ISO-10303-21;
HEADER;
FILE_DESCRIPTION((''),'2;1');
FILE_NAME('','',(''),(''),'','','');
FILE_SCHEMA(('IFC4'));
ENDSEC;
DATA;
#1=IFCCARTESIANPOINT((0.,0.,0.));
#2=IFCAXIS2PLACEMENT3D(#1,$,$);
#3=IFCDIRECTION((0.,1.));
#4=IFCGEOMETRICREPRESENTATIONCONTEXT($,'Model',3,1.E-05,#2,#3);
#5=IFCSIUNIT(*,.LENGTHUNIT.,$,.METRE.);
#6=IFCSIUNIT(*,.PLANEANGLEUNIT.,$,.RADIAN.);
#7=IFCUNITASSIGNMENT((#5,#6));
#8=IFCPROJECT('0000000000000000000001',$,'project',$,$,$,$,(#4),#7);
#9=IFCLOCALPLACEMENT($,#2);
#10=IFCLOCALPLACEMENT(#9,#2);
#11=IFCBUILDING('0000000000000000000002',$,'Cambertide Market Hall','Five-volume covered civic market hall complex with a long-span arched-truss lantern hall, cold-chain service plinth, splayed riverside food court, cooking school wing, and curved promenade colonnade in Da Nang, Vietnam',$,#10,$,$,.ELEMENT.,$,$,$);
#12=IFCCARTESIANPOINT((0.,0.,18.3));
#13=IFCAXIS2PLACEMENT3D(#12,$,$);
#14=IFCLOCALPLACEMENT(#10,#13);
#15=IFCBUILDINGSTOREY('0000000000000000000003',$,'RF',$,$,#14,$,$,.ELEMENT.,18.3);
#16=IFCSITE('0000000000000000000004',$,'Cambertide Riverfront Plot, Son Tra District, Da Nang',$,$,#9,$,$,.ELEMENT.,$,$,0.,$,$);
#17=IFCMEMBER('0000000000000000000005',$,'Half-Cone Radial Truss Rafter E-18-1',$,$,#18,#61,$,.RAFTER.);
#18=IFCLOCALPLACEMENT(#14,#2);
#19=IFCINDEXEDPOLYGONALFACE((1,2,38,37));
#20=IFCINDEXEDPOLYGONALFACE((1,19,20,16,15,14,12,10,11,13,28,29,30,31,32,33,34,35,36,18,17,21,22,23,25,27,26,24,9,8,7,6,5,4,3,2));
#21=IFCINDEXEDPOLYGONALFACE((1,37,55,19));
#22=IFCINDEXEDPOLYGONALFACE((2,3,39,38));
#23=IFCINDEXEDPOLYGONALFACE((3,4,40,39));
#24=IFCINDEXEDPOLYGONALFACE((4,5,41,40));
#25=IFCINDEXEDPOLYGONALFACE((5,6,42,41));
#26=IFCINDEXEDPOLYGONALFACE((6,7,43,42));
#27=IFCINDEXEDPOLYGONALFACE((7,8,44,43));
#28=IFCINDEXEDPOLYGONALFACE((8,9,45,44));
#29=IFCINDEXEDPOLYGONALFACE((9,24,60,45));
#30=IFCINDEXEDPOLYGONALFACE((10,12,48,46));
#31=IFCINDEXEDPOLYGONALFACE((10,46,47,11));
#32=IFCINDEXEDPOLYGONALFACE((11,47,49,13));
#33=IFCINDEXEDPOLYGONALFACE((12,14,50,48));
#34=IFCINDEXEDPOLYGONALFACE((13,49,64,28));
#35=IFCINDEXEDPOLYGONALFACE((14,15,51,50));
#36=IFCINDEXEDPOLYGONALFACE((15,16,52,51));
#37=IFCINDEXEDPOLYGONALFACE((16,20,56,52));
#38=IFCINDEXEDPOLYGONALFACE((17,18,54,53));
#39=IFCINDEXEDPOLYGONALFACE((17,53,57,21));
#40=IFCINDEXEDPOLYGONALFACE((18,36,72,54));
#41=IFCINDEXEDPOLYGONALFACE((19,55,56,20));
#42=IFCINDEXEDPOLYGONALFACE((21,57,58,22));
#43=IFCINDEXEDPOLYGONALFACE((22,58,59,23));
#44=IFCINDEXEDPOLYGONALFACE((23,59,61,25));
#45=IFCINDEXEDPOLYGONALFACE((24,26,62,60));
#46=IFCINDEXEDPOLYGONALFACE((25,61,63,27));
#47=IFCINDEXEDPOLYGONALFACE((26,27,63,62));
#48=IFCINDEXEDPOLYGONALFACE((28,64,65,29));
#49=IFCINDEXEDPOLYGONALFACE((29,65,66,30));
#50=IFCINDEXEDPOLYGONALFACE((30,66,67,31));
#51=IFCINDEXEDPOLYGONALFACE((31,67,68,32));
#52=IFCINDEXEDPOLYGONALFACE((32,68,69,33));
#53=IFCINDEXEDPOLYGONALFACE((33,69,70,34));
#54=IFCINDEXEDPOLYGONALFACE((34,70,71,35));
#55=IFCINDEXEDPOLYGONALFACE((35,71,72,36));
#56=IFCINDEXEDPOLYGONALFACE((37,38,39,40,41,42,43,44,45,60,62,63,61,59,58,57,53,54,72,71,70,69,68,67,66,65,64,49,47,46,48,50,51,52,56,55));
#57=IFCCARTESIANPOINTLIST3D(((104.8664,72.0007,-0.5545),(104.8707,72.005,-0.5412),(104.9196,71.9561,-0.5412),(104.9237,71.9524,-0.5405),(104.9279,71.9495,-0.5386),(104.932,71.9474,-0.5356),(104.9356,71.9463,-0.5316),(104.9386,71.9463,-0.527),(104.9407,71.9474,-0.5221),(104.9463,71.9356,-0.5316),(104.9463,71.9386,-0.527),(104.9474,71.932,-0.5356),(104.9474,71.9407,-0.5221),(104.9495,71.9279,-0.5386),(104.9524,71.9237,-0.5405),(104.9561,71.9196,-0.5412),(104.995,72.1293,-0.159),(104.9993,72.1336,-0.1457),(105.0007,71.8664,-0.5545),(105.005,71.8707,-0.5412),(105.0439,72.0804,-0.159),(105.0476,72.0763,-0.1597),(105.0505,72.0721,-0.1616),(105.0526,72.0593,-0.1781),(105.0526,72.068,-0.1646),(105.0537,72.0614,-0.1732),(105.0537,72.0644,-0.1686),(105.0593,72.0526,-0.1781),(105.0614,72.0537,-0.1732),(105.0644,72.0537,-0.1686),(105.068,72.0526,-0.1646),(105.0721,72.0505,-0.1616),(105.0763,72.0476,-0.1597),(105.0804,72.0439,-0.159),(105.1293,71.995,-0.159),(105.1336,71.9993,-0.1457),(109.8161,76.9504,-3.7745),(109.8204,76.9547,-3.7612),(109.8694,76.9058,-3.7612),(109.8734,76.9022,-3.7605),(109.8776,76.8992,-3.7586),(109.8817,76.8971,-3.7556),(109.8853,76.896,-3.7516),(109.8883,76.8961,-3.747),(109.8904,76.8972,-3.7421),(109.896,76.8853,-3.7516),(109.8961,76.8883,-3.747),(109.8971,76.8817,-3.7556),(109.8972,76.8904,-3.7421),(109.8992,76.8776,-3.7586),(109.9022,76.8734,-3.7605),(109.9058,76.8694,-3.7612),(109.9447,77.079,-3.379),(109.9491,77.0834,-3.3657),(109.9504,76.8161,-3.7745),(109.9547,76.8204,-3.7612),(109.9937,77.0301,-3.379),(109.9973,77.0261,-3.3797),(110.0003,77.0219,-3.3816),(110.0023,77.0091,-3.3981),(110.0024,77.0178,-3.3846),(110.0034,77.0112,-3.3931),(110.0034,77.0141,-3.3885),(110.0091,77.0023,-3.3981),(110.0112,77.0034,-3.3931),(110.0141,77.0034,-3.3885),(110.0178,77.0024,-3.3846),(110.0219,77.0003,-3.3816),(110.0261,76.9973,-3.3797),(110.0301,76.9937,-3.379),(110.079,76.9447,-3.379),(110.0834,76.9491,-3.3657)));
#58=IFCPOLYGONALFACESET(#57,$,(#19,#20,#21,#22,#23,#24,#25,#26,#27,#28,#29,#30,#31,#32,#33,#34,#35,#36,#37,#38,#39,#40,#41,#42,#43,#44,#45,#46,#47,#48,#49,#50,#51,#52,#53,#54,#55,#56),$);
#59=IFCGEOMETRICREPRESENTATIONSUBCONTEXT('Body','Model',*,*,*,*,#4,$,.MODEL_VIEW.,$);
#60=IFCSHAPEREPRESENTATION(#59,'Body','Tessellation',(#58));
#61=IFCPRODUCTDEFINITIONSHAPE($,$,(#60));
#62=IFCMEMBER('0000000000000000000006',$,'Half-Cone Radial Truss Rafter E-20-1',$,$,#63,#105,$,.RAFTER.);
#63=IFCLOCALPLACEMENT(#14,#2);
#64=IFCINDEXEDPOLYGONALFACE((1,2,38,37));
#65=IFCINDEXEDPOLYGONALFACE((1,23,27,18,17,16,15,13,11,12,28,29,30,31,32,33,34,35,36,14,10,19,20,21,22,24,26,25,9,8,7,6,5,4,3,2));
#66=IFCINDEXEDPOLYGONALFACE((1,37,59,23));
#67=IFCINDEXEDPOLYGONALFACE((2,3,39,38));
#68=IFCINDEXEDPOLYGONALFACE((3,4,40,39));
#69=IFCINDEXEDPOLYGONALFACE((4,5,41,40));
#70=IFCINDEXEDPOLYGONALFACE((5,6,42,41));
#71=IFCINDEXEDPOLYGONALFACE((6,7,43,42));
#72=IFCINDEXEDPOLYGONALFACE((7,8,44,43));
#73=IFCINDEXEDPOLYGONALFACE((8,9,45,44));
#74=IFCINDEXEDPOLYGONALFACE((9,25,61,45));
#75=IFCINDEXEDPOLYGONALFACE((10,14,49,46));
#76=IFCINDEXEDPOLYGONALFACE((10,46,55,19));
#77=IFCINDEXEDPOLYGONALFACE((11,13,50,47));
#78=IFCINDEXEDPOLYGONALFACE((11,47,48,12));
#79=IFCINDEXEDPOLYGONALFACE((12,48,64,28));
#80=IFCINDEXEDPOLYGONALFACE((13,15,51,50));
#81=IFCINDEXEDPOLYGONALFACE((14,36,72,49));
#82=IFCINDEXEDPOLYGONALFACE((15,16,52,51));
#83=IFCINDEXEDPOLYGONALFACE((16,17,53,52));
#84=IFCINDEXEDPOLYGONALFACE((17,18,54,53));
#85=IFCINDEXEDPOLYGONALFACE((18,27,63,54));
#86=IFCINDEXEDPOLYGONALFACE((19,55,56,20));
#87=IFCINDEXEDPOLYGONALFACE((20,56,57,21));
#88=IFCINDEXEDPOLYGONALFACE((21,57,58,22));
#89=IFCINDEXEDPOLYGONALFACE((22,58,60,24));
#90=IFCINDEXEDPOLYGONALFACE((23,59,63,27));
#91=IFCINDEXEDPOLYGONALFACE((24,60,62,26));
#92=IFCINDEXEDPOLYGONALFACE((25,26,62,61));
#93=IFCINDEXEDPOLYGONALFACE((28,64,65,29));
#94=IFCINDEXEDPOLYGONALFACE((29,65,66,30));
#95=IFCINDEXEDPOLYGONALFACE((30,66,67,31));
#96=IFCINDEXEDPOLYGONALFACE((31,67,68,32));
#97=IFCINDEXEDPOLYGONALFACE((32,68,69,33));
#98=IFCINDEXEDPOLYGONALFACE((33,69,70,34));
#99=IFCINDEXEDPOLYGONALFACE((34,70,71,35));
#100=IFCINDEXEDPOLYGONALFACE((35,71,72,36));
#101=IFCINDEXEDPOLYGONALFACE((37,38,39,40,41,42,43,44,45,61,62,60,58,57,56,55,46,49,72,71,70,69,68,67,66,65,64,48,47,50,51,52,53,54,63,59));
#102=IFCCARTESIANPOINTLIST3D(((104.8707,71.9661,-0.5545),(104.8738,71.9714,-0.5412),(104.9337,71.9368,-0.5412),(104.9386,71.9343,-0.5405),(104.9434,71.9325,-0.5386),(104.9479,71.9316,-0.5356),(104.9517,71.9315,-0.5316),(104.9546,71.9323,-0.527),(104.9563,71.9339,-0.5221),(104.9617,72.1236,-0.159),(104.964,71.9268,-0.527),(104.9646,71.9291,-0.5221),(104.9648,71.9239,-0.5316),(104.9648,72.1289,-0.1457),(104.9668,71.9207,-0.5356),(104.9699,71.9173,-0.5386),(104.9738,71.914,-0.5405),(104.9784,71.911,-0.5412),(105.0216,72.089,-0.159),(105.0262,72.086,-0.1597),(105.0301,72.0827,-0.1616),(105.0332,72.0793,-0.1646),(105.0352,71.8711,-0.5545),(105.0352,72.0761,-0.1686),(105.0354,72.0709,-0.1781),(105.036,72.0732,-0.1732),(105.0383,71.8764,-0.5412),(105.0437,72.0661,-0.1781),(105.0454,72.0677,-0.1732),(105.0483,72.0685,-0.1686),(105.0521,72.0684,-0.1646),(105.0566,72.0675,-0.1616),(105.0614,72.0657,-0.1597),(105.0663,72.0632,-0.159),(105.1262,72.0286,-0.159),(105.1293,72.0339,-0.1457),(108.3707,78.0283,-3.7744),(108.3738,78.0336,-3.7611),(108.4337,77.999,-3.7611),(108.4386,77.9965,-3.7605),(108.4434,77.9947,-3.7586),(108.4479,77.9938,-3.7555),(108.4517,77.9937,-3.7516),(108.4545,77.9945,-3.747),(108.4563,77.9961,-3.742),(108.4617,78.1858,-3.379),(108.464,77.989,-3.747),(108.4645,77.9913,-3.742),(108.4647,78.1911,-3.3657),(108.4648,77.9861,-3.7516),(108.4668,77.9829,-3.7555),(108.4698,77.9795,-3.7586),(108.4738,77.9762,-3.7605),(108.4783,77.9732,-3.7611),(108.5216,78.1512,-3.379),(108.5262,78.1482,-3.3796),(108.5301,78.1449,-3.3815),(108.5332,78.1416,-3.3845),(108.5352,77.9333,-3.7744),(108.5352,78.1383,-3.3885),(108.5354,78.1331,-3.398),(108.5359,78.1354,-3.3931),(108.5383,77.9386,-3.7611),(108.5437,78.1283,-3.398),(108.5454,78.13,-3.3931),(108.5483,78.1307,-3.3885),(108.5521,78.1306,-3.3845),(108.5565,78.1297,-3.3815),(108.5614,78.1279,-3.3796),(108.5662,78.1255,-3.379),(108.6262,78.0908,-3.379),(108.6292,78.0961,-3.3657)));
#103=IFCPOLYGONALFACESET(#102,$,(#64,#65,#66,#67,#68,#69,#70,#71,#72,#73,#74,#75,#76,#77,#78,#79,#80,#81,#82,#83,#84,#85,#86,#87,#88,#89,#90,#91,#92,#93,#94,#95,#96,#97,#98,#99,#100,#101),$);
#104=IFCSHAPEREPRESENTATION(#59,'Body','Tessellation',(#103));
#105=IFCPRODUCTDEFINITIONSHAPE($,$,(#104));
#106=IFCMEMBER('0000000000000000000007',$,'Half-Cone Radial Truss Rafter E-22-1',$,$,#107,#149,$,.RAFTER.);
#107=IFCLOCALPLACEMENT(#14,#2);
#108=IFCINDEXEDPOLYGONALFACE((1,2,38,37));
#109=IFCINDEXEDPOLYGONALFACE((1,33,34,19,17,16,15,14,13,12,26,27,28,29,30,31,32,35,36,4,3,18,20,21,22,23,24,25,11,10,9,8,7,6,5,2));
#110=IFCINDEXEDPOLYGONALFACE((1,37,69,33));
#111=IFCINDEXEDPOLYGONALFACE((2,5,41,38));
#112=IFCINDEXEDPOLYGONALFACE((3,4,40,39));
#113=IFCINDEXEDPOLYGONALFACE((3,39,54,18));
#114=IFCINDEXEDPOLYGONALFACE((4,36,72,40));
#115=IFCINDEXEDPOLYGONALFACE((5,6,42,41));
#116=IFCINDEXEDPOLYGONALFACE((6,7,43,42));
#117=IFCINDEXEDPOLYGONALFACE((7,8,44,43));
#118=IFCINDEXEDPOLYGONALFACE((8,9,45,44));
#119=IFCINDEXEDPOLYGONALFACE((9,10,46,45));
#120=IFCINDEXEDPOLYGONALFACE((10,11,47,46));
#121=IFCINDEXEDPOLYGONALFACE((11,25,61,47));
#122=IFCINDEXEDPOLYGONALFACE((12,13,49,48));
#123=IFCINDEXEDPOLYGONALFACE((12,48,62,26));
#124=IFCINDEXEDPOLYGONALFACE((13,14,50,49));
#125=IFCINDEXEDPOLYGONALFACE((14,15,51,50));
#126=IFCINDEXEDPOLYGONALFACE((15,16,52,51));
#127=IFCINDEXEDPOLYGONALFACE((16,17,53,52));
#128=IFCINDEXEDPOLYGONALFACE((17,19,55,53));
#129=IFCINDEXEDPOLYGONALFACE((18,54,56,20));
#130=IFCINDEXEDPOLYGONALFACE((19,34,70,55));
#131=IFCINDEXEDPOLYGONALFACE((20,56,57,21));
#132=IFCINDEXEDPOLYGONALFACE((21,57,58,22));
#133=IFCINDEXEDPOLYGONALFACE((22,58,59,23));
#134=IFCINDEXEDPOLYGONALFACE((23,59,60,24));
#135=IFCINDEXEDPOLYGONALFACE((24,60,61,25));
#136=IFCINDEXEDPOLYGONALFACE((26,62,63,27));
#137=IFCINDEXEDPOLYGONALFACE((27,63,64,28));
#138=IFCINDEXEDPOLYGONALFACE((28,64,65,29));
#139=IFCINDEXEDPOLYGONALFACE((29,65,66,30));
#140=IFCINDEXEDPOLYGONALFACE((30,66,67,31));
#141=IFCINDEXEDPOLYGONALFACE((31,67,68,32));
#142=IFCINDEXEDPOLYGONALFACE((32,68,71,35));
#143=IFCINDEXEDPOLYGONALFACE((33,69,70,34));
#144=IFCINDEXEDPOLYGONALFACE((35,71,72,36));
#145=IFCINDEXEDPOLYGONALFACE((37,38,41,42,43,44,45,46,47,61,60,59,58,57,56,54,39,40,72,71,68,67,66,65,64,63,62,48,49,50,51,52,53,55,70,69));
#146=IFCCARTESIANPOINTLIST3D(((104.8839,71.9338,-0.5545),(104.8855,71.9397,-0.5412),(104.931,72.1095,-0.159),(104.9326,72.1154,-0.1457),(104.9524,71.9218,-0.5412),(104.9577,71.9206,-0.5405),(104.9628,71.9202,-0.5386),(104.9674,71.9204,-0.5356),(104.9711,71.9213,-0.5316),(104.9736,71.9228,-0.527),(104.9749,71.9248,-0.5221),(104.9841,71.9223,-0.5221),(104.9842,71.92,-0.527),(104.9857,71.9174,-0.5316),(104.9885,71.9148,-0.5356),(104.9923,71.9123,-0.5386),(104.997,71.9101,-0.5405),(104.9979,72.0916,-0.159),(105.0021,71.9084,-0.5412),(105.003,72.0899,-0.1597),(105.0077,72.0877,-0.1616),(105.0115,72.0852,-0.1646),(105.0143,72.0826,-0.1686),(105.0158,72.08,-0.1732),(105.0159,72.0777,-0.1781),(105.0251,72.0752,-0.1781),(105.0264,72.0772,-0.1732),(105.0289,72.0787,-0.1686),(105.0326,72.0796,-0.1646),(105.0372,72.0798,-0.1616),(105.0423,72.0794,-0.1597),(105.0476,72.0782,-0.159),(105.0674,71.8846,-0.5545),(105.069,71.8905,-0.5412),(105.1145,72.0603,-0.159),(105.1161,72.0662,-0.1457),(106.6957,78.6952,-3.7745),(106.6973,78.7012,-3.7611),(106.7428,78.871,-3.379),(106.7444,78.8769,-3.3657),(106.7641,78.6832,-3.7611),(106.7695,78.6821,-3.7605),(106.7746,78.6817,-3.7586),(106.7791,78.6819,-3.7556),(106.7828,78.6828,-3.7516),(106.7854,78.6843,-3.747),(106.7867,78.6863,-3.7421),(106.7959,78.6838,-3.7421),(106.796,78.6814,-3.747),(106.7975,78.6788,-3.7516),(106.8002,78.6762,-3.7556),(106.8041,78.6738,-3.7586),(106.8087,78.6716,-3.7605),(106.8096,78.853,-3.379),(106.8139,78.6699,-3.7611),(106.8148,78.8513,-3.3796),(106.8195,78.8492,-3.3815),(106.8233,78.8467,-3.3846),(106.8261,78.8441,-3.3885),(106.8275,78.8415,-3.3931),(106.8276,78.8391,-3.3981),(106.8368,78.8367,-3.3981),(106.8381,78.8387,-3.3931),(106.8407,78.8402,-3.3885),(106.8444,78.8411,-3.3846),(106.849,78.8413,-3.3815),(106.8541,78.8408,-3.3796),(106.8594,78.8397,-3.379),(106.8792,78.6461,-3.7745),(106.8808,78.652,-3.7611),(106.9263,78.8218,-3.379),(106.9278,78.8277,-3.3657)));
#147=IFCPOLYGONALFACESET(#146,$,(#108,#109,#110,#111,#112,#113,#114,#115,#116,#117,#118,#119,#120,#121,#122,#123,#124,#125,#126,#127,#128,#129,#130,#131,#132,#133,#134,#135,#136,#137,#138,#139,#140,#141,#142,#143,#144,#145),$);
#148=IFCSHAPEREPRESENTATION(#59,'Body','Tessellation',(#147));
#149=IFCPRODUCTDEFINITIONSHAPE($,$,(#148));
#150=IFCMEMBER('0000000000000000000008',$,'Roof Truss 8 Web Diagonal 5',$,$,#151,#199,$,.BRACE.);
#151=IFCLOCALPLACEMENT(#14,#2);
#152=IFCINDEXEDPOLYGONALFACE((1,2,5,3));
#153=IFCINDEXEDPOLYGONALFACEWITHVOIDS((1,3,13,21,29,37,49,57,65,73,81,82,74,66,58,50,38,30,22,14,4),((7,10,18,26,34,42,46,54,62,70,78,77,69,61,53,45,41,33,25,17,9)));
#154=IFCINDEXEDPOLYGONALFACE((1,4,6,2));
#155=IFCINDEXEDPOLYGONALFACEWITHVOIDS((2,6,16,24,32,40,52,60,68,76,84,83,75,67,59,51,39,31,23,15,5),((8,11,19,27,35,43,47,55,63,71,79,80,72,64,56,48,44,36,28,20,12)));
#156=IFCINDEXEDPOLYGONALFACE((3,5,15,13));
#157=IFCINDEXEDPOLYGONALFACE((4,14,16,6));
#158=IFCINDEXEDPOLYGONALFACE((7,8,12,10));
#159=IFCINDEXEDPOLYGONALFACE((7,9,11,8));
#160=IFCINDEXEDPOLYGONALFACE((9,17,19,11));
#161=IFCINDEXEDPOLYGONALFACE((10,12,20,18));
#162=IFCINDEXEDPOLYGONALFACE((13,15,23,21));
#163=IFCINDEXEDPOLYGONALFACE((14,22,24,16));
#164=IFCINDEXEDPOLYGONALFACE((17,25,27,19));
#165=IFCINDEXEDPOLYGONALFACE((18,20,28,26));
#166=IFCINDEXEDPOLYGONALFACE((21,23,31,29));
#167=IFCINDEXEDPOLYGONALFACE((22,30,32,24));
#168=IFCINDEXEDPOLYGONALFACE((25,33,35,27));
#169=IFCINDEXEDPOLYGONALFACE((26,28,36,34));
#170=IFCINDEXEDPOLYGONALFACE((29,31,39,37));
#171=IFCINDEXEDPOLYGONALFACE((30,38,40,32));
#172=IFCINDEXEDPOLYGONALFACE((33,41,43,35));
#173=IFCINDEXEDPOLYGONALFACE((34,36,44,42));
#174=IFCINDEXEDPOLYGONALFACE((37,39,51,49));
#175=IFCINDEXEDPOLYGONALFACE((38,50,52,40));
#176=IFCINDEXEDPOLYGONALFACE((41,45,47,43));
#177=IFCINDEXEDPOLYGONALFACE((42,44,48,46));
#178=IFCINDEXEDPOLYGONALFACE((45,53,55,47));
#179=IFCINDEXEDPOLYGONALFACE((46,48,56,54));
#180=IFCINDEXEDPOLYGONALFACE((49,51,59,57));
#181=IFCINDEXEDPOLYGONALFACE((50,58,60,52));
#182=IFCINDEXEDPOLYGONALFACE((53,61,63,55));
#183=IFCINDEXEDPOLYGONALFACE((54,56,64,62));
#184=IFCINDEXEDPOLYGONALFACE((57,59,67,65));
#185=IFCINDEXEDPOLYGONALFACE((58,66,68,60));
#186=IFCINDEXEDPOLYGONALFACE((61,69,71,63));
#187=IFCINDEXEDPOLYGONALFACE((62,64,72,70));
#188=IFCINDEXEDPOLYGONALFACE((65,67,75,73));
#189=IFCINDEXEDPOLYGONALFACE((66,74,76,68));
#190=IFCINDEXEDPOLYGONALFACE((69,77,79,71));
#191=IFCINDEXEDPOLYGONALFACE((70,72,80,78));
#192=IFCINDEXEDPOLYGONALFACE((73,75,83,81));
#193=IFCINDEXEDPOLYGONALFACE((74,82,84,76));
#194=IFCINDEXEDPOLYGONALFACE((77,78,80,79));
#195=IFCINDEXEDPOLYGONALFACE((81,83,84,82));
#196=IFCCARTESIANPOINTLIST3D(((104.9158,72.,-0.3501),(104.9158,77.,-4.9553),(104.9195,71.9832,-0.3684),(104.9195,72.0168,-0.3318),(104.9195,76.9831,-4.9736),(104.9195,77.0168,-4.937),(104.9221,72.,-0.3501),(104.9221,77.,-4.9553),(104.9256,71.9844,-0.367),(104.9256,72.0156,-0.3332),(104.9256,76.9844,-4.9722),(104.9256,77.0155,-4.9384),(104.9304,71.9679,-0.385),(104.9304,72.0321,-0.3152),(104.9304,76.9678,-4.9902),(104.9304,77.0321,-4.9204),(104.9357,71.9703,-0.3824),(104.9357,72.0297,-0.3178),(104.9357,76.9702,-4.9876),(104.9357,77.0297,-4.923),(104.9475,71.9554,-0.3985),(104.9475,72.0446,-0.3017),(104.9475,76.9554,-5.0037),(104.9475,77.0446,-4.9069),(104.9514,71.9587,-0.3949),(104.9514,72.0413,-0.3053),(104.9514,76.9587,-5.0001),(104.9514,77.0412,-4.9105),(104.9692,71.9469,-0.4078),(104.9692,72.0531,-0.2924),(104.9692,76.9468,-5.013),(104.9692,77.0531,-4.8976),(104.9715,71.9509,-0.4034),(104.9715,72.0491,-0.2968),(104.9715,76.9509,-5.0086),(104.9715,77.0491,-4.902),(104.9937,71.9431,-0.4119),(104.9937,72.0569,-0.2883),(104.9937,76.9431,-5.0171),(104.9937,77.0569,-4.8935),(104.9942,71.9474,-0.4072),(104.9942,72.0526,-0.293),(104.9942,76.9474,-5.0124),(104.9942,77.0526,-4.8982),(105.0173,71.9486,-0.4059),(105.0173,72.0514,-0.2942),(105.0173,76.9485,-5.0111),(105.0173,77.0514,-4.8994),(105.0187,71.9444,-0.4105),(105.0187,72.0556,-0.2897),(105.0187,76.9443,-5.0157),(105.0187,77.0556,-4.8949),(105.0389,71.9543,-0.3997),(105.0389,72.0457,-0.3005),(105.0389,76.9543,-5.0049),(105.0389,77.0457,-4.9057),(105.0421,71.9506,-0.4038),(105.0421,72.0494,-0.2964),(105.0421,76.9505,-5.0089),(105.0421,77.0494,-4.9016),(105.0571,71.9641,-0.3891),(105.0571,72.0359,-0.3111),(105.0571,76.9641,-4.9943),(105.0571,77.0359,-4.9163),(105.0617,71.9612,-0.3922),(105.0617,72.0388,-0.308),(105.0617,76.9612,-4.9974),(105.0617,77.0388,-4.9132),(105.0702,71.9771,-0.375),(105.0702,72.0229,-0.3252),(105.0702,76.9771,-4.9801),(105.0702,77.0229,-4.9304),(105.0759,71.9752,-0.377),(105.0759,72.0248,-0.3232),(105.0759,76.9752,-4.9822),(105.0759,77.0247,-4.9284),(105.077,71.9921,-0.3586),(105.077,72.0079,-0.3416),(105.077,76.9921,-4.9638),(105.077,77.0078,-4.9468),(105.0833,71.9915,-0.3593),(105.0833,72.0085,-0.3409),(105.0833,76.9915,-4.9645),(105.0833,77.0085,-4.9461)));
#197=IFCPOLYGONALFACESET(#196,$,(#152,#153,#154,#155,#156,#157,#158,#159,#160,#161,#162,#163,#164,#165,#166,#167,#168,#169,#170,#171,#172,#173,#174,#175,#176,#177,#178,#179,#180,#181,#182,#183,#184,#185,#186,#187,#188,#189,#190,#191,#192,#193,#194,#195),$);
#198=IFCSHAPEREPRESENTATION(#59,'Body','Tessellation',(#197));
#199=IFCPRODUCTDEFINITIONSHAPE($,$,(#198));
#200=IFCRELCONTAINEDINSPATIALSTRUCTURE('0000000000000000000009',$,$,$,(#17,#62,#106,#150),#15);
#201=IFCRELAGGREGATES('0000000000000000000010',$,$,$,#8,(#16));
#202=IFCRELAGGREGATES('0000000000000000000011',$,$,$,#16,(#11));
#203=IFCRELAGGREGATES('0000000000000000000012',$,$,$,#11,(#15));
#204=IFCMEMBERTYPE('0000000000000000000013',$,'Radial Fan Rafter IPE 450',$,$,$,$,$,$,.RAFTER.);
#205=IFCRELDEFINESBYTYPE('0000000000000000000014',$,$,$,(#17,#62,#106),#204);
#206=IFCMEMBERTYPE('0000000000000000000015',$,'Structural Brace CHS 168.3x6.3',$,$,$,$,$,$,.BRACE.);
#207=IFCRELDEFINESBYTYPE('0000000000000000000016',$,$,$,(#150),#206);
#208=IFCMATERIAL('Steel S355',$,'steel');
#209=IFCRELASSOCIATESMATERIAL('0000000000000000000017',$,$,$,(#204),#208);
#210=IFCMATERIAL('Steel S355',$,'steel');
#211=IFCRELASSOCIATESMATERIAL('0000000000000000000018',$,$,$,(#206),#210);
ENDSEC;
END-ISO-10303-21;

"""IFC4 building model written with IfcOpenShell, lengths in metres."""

from ifc_helpers import new_model, si_unit, direction, frame, origin, origin_2d, place, context, subcontext, project, spatial, hollow_circle, i_section, extrude, material, material_profile, profile_set, type_object, element, save


model = new_model("IFC4")

# Units and contexts
model_context = context("Model", 3, precision=1e-05, world=origin(), true_north=direction((0.0, 1.0)))
body_context = subcontext(model_context, "Body", "Model", "MODEL_VIEW")
ifc_project = project(units=[si_unit("LENGTHUNIT", "METRE"), si_unit("PLANEANGLEUNIT", "RADIAN")], contexts=[model_context])

# Site, building, storey
site_placement = place(None, origin())
site = spatial("IfcSite", under=ifc_project, at=site_placement, Name="Cambertide Riverfront Plot, Son Tra District, Da Nang", CompositionType="ELEMENT", RefElevation=0.0)
building_placement = place(site_placement, origin())
building = spatial("IfcBuilding", under=site, at=building_placement, Name="Cambertide Market Hall", Description="Five-volume covered civic market hall complex with a long-span arched-truss lantern hall, cold-chain service plinth, splayed riverside food court, cooking school wing, and curved promenade colonnade in Da Nang, Vietnam", CompositionType="ELEMENT")
storey_placement = place(building_placement, frame((0.0, 0.0, 18.3)))
storey = spatial("IfcBuildingStorey", under=building, at=storey_placement, Name="RF", CompositionType="ELEMENT", Elevation=18.3)

# Members
ifc_material_1 = material(Name="Steel S355", Category="steel")
ifc_material_profile_1 = material_profile(ifc_material_1, i_section(OverallWidth=0.1899, OverallDepth=0.45, WebThickness=0.0095, FlangeThickness=0.0146, FilletRadius=0.021, at=origin_2d()), Name="IPE 450")
ifc_profile_set_1 = profile_set([ifc_material_profile_1], Name="Steel S355")
member_type_1 = type_object("IfcMemberType", Name="Radial Fan Rafter IPE 450", PredefinedType="RAFTER", material=ifc_profile_set_1)
for number, where, z_axis, x_axis, name in (
    (1, (105.0, 72.0, -0.3501), (0.6424, 0.6424, -0.417905), (-0.707107, 0.707107, 0.0), "Half-Cone Radial Truss Rafter E-18-1"),
    (2, (105.0, 72.0, -0.3501), (0.454242, 0.786781, -0.417899), (-0.866028, 0.499995, 0.0), "Half-Cone Radial Truss Rafter E-20-1"),
    (3, (105.0, 72.0, -0.3501), (0.235139, 0.877535, -0.417902), (-0.965925, 0.258824, 0.0), "Half-Cone Radial Truss Rafter E-22-1"),
):
    element("IfcMember", number, at=place(storey_placement, frame(where, z_axis=z_axis, x_axis=x_axis)), inside=storey, type_object=member_type_1, Name=name, PredefinedType="RAFTER", context=body_context, shape_type="SweptSolid", body=[
        extrude(i_section(OverallWidth=0.1899, OverallDepth=0.45, WebThickness=0.0095, FlangeThickness=0.0146, FilletRadius=0.021, at=origin_2d()), origin(), (0.0, 0.0, 1.0), 7.7051),
    ])
ifc_material_2 = material(Name="Steel S355", Category="steel")
ifc_material_profile_2 = material_profile(ifc_material_2, hollow_circle(Radius=0.0842, WallThickness=0.0063, at=origin_2d()), Name="CHS 168.3x6.3")
ifc_profile_set_2 = profile_set([ifc_material_profile_2], Name="Steel S355")
member_type_2 = type_object("IfcMemberType", Name="Structural Brace CHS 168.3x6.3", PredefinedType="BRACE", material=ifc_profile_set_2)
member_1_placement = place(storey_placement, frame((105.0, 72.0, -0.3501), z_axis=(0.0, 0.735548, -0.677473), x_axis=(-1.0, 0.0, 0.0)))
element("IfcMember", 4, at=member_1_placement, inside=storey, type_object=member_type_2, Name="Roof Truss 8 Web Diagonal 5", PredefinedType="BRACE", context=body_context, shape_type="SweptSolid", body=[
    extrude(hollow_circle(Radius=0.0842, WallThickness=0.0063, at=origin_2d()), origin(), (0.0, 0.0, 1.0), 6.7976),
])

save(model, "model.ifc")
